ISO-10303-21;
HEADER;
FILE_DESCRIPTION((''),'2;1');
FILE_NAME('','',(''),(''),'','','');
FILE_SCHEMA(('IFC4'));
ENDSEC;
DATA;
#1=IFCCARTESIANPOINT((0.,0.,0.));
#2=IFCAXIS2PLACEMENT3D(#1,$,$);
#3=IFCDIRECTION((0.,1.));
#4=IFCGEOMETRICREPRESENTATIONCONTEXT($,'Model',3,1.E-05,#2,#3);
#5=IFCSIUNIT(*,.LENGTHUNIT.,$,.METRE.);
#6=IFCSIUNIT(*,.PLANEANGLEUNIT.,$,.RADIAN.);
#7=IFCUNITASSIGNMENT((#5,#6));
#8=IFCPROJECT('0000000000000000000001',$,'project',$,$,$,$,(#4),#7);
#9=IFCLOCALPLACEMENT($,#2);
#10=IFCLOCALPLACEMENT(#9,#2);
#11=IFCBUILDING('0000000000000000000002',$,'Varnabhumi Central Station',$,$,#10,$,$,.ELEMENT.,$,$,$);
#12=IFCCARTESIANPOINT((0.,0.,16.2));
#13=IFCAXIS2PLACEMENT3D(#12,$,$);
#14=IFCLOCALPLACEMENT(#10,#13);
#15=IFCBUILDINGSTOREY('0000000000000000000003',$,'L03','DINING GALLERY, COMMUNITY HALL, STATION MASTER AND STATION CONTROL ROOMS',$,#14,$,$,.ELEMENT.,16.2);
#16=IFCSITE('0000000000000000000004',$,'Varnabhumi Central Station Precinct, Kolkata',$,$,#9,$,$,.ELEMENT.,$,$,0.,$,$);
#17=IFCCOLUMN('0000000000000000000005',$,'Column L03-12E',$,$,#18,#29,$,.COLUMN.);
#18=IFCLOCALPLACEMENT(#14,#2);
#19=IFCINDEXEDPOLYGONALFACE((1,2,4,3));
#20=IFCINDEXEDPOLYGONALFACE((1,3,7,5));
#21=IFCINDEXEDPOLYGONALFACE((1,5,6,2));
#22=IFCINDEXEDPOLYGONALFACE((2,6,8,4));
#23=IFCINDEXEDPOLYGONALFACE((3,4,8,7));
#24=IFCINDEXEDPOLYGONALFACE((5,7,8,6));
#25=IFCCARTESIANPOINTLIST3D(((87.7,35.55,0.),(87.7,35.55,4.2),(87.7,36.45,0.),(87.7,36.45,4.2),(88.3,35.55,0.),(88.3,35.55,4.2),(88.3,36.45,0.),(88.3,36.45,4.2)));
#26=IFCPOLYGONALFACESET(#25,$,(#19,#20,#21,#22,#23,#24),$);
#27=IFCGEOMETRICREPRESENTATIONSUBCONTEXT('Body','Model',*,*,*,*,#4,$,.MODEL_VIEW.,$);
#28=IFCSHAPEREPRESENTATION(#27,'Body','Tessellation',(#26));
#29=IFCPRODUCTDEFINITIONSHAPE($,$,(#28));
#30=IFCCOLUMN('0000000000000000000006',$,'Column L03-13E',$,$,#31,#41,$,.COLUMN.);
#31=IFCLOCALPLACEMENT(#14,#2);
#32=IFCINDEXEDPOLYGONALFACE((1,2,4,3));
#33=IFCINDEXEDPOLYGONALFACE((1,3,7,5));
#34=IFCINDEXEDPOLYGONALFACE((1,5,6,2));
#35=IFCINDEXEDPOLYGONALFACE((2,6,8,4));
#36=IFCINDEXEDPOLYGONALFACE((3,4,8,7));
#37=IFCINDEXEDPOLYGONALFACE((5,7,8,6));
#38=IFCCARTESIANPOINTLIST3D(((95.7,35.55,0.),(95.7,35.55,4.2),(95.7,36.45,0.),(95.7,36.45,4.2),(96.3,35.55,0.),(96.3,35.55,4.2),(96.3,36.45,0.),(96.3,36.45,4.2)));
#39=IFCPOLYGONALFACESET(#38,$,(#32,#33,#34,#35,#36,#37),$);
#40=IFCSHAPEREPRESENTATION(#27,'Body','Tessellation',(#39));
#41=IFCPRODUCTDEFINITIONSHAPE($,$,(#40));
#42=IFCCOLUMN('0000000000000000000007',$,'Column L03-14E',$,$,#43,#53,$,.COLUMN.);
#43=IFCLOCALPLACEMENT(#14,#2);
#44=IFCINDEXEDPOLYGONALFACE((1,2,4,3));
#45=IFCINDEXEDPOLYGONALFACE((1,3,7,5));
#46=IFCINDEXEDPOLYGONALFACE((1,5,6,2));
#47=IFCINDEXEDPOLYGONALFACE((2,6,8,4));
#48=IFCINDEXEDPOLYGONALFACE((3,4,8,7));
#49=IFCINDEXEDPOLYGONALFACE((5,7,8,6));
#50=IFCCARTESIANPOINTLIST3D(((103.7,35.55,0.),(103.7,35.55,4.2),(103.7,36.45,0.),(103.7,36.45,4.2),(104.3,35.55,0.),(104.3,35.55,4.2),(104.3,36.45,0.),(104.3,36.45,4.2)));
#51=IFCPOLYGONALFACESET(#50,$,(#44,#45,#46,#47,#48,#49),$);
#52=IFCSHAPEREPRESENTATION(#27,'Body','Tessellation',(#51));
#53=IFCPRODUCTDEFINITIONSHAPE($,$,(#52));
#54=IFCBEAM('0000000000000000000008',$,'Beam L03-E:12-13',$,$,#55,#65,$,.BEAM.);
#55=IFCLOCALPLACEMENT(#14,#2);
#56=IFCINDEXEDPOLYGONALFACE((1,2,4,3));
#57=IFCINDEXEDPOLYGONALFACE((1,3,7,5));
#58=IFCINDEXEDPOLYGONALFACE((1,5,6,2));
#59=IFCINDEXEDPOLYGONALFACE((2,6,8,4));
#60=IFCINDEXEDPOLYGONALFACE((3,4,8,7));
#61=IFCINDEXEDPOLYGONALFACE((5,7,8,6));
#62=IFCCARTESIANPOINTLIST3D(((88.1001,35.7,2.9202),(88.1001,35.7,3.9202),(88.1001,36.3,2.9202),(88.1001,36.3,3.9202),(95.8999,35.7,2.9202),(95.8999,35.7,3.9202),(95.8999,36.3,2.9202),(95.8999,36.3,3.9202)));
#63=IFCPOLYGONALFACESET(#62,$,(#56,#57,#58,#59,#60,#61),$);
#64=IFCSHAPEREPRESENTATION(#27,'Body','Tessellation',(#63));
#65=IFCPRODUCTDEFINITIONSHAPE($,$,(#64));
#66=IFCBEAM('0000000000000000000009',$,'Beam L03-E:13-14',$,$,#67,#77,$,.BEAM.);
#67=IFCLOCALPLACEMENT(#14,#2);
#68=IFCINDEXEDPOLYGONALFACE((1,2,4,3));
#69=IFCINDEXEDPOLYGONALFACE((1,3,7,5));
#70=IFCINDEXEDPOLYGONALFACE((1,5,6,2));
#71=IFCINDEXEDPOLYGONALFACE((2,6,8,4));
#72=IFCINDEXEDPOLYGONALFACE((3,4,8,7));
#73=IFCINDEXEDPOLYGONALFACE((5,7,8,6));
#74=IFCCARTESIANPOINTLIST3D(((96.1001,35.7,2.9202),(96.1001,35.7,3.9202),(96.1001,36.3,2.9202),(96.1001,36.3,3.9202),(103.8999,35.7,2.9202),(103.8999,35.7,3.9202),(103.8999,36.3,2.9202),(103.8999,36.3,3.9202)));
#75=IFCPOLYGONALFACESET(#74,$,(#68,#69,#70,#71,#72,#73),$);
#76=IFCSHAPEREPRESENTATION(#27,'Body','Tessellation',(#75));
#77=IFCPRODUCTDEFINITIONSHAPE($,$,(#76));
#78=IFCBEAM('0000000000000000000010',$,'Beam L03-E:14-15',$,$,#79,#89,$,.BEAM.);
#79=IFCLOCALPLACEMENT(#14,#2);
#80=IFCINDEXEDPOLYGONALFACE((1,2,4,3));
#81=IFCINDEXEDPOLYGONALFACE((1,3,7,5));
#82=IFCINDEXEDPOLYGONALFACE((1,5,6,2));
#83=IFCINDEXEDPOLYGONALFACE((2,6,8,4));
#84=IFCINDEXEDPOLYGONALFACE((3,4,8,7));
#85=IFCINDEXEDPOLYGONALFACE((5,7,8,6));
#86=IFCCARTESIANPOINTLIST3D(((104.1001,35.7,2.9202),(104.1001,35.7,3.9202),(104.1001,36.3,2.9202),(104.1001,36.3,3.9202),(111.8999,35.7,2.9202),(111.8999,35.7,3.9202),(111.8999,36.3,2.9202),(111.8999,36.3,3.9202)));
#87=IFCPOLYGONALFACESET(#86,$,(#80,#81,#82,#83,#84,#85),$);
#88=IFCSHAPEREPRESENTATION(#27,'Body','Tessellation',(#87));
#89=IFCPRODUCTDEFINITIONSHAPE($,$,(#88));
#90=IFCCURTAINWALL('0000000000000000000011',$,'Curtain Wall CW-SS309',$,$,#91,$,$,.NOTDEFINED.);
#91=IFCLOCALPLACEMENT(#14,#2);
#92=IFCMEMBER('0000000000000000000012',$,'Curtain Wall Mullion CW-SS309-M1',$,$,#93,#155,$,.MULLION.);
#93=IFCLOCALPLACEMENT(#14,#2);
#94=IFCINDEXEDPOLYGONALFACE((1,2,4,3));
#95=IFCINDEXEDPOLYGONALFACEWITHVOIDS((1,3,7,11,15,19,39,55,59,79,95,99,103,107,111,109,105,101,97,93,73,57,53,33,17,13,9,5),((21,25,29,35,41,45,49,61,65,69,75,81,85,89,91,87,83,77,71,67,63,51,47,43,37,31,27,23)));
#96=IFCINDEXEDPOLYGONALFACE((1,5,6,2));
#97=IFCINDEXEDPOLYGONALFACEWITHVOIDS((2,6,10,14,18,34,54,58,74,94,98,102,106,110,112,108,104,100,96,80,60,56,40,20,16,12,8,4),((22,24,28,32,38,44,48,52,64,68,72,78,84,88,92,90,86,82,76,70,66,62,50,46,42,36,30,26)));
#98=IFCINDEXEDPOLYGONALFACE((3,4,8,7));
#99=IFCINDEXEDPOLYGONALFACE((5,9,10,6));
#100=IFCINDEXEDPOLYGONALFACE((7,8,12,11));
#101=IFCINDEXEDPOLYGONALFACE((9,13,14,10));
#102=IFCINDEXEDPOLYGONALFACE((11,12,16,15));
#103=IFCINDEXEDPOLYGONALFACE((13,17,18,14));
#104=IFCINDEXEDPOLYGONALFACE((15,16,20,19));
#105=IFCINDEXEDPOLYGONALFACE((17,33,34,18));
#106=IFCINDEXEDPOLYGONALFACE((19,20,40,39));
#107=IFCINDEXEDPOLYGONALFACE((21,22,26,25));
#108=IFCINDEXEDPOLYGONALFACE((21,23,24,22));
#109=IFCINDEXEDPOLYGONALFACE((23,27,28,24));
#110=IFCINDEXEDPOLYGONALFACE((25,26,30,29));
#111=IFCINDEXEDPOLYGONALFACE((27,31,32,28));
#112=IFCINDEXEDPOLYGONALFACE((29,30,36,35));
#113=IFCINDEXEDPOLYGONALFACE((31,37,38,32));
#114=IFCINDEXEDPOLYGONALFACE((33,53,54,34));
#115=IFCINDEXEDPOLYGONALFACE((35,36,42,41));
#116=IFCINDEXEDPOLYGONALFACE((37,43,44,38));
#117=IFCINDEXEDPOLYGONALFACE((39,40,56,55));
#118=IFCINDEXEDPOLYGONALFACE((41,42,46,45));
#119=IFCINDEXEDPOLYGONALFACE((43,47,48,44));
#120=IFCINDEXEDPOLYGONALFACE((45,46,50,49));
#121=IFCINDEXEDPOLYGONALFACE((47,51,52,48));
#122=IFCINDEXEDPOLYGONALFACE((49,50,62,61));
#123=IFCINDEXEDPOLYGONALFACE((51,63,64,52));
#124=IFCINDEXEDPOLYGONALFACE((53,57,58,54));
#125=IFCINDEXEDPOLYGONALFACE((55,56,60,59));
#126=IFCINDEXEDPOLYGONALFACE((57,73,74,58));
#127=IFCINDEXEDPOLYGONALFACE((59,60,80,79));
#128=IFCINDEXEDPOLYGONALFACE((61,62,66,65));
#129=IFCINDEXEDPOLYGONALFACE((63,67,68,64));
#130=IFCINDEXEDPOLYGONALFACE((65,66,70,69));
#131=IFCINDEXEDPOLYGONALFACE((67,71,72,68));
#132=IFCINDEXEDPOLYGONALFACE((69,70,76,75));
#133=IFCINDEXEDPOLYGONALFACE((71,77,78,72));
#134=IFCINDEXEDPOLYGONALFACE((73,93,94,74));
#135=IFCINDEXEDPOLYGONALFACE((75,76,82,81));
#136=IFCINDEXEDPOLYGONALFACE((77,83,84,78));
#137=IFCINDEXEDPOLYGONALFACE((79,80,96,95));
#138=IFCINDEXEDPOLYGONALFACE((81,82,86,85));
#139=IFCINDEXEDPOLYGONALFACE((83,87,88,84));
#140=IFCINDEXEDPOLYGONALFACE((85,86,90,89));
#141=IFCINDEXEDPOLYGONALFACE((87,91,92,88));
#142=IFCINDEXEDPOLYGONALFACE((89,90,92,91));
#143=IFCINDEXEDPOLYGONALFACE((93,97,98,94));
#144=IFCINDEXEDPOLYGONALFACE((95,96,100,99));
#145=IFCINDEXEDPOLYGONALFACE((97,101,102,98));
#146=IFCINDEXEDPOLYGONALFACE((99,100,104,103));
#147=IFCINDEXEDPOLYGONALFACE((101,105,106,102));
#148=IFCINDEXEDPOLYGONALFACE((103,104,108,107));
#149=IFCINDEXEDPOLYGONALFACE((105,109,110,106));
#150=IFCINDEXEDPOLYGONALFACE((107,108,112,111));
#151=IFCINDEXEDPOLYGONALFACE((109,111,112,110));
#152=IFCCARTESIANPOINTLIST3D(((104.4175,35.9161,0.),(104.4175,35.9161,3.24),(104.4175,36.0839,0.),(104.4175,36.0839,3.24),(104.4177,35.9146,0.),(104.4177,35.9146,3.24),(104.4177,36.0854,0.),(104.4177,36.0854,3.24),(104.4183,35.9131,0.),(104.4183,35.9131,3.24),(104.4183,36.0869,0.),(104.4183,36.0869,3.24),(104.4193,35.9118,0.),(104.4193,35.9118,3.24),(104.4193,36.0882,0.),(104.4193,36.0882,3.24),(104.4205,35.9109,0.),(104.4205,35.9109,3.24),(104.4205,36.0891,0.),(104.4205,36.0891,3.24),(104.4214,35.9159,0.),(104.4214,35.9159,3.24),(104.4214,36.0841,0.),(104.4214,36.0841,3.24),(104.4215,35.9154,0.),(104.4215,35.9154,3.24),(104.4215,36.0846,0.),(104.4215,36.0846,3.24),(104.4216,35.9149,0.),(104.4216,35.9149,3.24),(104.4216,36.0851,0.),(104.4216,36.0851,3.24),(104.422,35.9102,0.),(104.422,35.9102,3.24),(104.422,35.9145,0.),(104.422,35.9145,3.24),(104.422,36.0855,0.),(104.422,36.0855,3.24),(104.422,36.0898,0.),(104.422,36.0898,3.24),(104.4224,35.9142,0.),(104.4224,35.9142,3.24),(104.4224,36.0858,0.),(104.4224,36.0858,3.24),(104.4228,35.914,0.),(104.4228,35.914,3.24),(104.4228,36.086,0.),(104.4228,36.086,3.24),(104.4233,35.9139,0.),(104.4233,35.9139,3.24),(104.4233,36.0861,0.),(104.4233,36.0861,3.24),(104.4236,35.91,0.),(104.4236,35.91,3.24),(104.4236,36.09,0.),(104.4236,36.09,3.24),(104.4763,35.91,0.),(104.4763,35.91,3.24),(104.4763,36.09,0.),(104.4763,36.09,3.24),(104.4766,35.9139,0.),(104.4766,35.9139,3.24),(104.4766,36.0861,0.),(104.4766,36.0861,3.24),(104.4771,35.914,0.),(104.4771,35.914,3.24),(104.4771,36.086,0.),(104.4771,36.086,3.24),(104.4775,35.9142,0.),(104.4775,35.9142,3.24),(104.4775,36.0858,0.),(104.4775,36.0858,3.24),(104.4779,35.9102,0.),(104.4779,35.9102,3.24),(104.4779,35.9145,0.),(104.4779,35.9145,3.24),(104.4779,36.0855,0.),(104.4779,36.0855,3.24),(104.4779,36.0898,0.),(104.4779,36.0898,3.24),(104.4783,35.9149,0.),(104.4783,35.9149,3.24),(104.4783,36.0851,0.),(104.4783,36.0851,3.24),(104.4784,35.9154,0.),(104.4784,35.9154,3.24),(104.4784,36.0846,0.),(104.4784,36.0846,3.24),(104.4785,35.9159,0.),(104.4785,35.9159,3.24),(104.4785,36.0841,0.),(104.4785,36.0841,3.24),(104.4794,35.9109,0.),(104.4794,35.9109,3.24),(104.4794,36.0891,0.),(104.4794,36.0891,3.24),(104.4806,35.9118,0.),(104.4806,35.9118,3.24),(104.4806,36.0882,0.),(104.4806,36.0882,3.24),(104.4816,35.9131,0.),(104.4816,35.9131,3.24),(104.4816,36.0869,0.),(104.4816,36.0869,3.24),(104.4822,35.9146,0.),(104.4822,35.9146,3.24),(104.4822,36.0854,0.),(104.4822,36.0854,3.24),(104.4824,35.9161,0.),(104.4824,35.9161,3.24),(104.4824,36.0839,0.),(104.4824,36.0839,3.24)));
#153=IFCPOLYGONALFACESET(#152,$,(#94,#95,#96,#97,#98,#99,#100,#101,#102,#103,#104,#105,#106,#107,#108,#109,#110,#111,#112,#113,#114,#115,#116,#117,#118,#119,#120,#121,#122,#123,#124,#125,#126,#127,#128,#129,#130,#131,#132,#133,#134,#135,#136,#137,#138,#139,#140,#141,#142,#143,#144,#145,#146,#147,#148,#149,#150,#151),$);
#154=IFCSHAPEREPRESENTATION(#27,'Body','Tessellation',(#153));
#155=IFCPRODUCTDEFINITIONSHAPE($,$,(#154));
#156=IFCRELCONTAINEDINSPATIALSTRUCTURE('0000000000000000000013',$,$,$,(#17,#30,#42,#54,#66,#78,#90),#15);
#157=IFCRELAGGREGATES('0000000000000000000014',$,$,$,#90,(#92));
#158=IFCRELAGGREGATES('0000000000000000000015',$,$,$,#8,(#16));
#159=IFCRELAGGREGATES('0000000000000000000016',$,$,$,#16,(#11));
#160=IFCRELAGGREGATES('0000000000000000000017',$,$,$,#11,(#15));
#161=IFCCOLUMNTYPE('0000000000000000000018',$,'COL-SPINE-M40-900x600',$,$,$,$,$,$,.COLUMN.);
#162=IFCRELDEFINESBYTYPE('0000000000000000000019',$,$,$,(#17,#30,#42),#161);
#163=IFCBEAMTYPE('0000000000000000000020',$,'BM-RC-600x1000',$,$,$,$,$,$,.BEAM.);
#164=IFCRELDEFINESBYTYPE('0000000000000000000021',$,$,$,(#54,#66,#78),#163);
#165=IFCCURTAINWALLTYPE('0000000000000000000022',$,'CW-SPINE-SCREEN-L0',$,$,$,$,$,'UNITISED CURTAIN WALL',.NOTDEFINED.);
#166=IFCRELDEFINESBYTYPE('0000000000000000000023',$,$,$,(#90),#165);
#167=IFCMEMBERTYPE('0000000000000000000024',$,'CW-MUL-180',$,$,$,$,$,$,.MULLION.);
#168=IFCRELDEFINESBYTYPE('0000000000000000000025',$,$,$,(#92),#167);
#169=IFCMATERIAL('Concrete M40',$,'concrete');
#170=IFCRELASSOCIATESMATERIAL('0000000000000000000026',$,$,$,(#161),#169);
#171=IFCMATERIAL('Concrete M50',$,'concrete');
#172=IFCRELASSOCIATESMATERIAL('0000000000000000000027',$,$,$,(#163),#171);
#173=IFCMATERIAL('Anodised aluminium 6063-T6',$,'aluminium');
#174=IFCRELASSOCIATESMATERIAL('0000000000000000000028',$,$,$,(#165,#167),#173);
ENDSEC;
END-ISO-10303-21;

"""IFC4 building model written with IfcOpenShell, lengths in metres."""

from ifc_helpers import new_model, si_unit, direction, frame, origin, origin_2d, place, context, subcontext, project, spatial, rectangle, hollow_rectangle, extrude, material, material_profile, profile_set, type_object, element, aggregate, save


model = new_model("IFC4")

# Units and contexts
model_context = context("Model", 3, precision=1e-05, world=origin(), true_north=direction((0.0, 1.0)))
body_context = subcontext(model_context, "Body", "Model", "MODEL_VIEW")
ifc_project = project(units=[si_unit("LENGTHUNIT", "METRE"), si_unit("PLANEANGLEUNIT", "RADIAN")], contexts=[model_context])

# Site, building, storey
site_placement = place(None, origin())
site = spatial("IfcSite", under=ifc_project, at=site_placement, Name="Varnabhumi Central Station Precinct, Kolkata", CompositionType="ELEMENT", RefElevation=0.0)
building_placement = place(site_placement, origin())
building = spatial("IfcBuilding", under=site, at=building_placement, Name="Varnabhumi Central Station", CompositionType="ELEMENT")
storey_placement = place(building_placement, frame((0.0, 0.0, 16.2)))
storey = spatial("IfcBuildingStorey", under=building, at=storey_placement, Name="L03", Description="DINING GALLERY, COMMUNITY HALL, STATION MASTER AND STATION CONTROL ROOMS", CompositionType="ELEMENT", Elevation=16.2)

# Columns
ifc_material_1 = material(Name="Concrete M40", Category="concrete")
ifc_material_profile_1 = material_profile(ifc_material_1, rectangle(XDim=0.6001, YDim=0.8999, at=origin_2d()), Name="Concrete M40", Category="concrete")
ifc_profile_set_1 = profile_set([ifc_material_profile_1], Name="Concrete M40")
column_type = type_object("IfcColumnType", Name="COL-SPINE-M40-900x600", PredefinedType="COLUMN", material=ifc_profile_set_1)
for number, where, z_axis, x_axis, name in (
    (1, (88.0, 36.0, 0.0), (0.0, 0.0, 1.0), (1.0, 0.0, 0.0), "Column L03-12E"),
    (2, (96.0, 36.0, 0.0), (0.0, 0.0, 1.0), (1.0, 0.0, 0.0), "Column L03-13E"),
    (3, (104.0, 36.0, 0.0), (0.0, 0.0, 1.0), (1.0, 0.0, 0.0), "Column L03-14E"),
):
    element("IfcColumn", number, at=place(storey_placement, frame(where, z_axis=z_axis, x_axis=x_axis)), inside=storey, type_object=column_type, Name=name, PredefinedType="COLUMN", context=body_context, shape_type="SweptSolid", body=[
        extrude(rectangle(XDim=0.6001, YDim=0.8999, at=origin_2d()), origin(), (0.0, 0.0, 1.0), 4.2),
    ])

# Beams
ifc_material_2 = material(Name="Concrete M50", Category="concrete")
ifc_material_profile_2 = material_profile(ifc_material_2, rectangle(XDim=0.6001, YDim=1.0, at=origin_2d()), Name="Concrete M50", Category="concrete")
ifc_profile_set_2 = profile_set([ifc_material_profile_2], Name="Concrete M50")
beam_type = type_object("IfcBeamType", Name="BM-RC-600x1000", PredefinedType="BEAM", material=ifc_profile_set_2)
for number, where, z_axis, x_axis, name in (
    (4, (88.1001, 36.0, 3.4202), (1.0, 0.0, 0.0), (0.0, 1.0, 0.0), "Beam L03-E:12-13"),
    (5, (96.1001, 36.0, 3.4202), (1.0, 0.0, 0.0), (0.0, 1.0, 0.0), "Beam L03-E:13-14"),
    (6, (104.1001, 36.0, 3.4202), (1.0, 0.0, 0.0), (0.0, 1.0, 0.0), "Beam L03-E:14-15"),
):
    element("IfcBeam", number, at=place(storey_placement, frame(where, z_axis=z_axis, x_axis=x_axis)), inside=storey, type_object=beam_type, Name=name, PredefinedType="BEAM", context=body_context, shape_type="SweptSolid", body=[
        extrude(rectangle(XDim=0.6001, YDim=1.0, at=origin_2d()), origin(), (0.0, 0.0, 1.0), 7.7998),
    ])

# Curtain wall, member
ifc_material_3 = material(Name="Anodised aluminium 6063-T6", Category="aluminium")
curtain_wall_type = type_object("IfcCurtainWallType", Name="CW-SPINE-SCREEN-L0", ElementType="UNITISED CURTAIN WALL", PredefinedType="NOTDEFINED", material=ifc_material_3)
curtain_wall_placement = place(storey_placement, origin())
curtain_wall = element("IfcCurtainWall", 7, at=curtain_wall_placement, inside=storey, type_object=curtain_wall_type, Name="Curtain Wall CW-SS309", PredefinedType="NOTDEFINED")
ifc_material_profile_3 = material_profile(ifc_material_3, hollow_rectangle(XDim=0.0649, YDim=0.1799, WallThickness=0.0039, InnerFilletRadius=0.002, OuterFilletRadius=0.0061, at=origin_2d()), Name="Anodised aluminium 6063-T6", Category="aluminium")
ifc_profile_set_3 = profile_set([ifc_material_profile_3], Name="Anodised aluminium 6063-T6")
member_type_1 = type_object("IfcMemberType", Name="CW-MUL-180", PredefinedType="MULLION", material=ifc_profile_set_3)
member_1_placement = place(storey_placement, frame((104.45, 36.0, 0.0), z_axis=(0.0, 0.0, 1.0), x_axis=(1.0, 0.0, 0.0)))
member_1 = element("IfcMember", 8, at=member_1_placement, type_object=member_type_1, Name="Curtain Wall Mullion CW-SS309-M1", PredefinedType="MULLION", context=body_context, shape_type="SweptSolid", body=[
    extrude(hollow_rectangle(XDim=0.0649, YDim=0.1799, WallThickness=0.0039, InnerFilletRadius=0.002, OuterFilletRadius=0.0061, at=origin_2d()), origin(), (0.0, 0.0, 1.0), 3.24),
])
aggregate(curtain_wall, [member_1])

save(model, "model.ifc")
